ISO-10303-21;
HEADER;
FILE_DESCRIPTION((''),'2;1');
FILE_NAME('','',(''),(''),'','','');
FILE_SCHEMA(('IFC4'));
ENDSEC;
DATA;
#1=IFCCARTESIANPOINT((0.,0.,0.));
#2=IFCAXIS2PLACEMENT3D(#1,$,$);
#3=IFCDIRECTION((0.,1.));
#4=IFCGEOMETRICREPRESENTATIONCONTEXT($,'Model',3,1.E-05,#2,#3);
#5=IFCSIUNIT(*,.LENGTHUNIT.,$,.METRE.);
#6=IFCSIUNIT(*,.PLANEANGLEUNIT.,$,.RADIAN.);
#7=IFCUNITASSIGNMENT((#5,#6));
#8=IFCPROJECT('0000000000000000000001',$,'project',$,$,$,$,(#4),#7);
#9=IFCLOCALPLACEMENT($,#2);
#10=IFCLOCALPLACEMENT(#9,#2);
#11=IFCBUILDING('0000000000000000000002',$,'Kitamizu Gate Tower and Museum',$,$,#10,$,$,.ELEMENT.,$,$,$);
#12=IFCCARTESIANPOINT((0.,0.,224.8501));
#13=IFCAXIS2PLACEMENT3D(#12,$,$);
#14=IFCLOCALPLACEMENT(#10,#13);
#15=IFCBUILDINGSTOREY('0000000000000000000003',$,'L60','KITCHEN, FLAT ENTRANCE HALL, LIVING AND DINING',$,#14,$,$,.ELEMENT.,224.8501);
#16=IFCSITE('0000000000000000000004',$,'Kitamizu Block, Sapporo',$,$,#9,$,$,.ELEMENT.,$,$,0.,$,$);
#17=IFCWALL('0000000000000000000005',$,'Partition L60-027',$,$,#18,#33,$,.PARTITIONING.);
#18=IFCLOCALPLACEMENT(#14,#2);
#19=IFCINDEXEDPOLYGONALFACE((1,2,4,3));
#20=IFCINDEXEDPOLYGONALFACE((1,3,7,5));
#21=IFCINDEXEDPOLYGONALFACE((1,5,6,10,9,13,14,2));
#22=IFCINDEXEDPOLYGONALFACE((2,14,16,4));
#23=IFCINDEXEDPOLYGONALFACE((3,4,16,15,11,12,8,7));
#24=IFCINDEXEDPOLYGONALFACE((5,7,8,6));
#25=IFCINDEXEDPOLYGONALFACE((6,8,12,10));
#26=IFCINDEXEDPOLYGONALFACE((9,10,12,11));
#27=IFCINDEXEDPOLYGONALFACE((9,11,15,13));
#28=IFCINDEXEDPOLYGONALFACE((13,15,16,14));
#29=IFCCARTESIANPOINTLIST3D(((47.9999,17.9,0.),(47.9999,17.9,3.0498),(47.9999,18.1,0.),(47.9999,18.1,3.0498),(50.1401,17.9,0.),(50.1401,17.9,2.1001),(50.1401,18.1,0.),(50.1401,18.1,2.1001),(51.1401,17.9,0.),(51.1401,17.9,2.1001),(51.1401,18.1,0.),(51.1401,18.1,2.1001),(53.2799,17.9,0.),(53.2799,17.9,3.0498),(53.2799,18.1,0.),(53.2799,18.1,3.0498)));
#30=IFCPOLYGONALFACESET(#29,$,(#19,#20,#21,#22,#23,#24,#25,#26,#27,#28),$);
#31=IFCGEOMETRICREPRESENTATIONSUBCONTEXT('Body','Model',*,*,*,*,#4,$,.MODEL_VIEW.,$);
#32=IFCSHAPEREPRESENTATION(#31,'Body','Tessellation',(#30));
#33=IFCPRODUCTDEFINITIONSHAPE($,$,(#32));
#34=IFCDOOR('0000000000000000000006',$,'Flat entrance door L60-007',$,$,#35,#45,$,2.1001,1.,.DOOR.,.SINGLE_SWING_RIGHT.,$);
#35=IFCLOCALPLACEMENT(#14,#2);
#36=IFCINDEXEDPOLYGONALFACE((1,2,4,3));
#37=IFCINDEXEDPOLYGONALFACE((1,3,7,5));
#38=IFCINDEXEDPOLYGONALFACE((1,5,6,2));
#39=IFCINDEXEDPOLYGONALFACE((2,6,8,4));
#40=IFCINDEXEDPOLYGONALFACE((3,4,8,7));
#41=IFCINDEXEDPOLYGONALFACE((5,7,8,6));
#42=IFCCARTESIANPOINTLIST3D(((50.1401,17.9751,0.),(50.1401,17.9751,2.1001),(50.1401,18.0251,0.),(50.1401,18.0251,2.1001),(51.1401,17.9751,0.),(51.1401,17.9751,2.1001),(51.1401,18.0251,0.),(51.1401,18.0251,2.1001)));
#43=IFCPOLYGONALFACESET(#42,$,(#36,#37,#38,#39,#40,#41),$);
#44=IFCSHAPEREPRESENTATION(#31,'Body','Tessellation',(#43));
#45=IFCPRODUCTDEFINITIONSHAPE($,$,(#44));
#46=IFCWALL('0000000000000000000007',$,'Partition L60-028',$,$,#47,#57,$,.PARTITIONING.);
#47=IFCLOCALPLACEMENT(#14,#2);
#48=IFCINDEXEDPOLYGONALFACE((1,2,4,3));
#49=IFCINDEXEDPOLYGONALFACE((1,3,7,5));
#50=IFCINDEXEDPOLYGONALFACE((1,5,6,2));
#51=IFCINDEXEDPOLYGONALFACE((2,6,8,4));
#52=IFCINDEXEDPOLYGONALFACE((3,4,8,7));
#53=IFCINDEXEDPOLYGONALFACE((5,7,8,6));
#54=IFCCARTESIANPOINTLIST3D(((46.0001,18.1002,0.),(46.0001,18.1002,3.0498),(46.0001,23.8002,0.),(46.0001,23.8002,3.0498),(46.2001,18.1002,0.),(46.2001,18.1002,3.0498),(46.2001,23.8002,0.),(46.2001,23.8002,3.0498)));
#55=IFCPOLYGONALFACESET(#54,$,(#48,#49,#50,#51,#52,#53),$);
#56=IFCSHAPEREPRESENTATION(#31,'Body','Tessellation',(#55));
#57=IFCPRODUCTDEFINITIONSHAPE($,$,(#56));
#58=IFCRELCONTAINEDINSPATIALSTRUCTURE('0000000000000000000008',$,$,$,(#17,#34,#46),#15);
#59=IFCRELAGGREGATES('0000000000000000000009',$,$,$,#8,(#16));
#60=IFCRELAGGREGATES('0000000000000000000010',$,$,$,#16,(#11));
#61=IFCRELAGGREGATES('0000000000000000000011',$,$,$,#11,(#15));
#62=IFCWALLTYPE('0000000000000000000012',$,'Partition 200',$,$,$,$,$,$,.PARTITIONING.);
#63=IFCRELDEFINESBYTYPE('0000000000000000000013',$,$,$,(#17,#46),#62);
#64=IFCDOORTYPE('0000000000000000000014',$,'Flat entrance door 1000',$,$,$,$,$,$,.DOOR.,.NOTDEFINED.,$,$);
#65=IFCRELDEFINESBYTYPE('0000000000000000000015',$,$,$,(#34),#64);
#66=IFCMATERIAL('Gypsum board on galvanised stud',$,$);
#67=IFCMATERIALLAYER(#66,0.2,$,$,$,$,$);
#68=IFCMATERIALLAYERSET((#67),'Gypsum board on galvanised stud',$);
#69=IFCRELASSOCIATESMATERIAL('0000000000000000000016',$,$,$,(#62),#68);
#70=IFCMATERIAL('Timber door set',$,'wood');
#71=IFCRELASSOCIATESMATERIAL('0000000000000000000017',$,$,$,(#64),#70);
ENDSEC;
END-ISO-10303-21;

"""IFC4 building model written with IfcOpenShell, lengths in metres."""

from ifc_helpers import new_model, si_unit, direction, frame, frame_2d, origin, place, context, subcontext, project, spatial, rectangle, extrude, material, layer, layer_set, type_object, element, fill, save


model = new_model("IFC4")

# Units and contexts
model_context = context("Model", 3, precision=1e-05, world=origin(), true_north=direction((0.0, 1.0)))
body_context = subcontext(model_context, "Body", "Model", "MODEL_VIEW")
ifc_project = project(units=[si_unit("LENGTHUNIT", "METRE"), si_unit("PLANEANGLEUNIT", "RADIAN")], contexts=[model_context])

# Site, building, storey
site_placement = place(None, origin())
site = spatial("IfcSite", under=ifc_project, at=site_placement, Name="Kitamizu Block, Sapporo", CompositionType="ELEMENT", RefElevation=0.0)
building_placement = place(site_placement, origin())
building = spatial("IfcBuilding", under=site, at=building_placement, Name="Kitamizu Gate Tower and Museum", CompositionType="ELEMENT")
storey_placement = place(building_placement, frame((0.0, 0.0, 224.8501)))
storey = spatial("IfcBuildingStorey", under=building, at=storey_placement, Name="L60", Description="KITCHEN, FLAT ENTRANCE HALL, LIVING AND DINING", CompositionType="ELEMENT", Elevation=224.8501)

# Shared definitions
ifc_material_1 = material(Name="Gypsum board on galvanised stud")
ifc_layer_1 = layer(ifc_material_1, 0.2)
ifc_layer_set_1 = layer_set([ifc_layer_1], Name="Gypsum board on galvanised stud")
wall_type_1 = type_object("IfcWallType", Name="Partition 200", PredefinedType="PARTITIONING", material=ifc_layer_set_1)

# Wall, opening, door
wall_1_placement = place(storey_placement, frame((53.28, 18.0, 0.0), z_axis=(0.0, 0.0, 1.0), x_axis=(-1.0, 0.0, 0.0)))
wall_1 = element("IfcWall", 1, at=wall_1_placement, inside=storey, type_object=wall_type_1, Name="Partition L60-027", PredefinedType="PARTITIONING", context=body_context, shape_type="SweptSolid", body=[
    extrude(rectangle(XDim=5.28, YDim=0.2, at=frame_2d((2.6401, 0.0))), origin(), (0.0, 0.0, 1.0), 3.0498),
])
opening_1_placement = place(wall_1_placement, frame((2.1399, 0.0, 0.0)))
opening_1 = element("IfcOpeningElement", 2, at=opening_1_placement, cuts=wall_1, PredefinedType="OPENING", context=body_context, shape_type="SweptSolid", body=[
    extrude(rectangle(XDim=1.0, YDim=2.1001, at=frame_2d((0.5, 1.05))), frame((0.0, 0.1099, 0.0), z_axis=(0.0, -1.0, 0.0), x_axis=(1.0, 0.0, 0.0)), (0.0, 0.0, 1.0), 0.22),
])
ifc_material_2 = material(Name="Timber door set", Category="wood")
door_type_1 = type_object("IfcDoorType", Name="Flat entrance door 1000", OperationType="NOTDEFINED", PredefinedType="DOOR", material=ifc_material_2)
door_1_placement = place(opening_1_placement, origin())
door_1 = element("IfcDoor", 3, at=door_1_placement, inside=storey, type_object=door_type_1, Name="Flat entrance door L60-007", OperationType="SINGLE_SWING_RIGHT", OverallHeight=2.1001, OverallWidth=1.0, PredefinedType="DOOR", context=body_context, shape_type="SweptSolid", body=[
    extrude(rectangle(XDim=1.0, YDim=2.1001, at=frame_2d((0.5, 1.05))), frame((0.0, 0.0249, 0.0), z_axis=(0.0, -1.0, 0.0), x_axis=(1.0, 0.0, 0.0)), (0.0, 0.0, 1.0), 0.05),
])
fill(opening_1, door_1)

# Wall
wall_2_placement = place(storey_placement, frame((46.1001, 18.1001, 0.0), z_axis=(0.0, 0.0, 1.0), x_axis=(0.0, 1.0, 0.0)))
element("IfcWall", 4, at=wall_2_placement, inside=storey, type_object=wall_type_1, Name="Partition L60-028", PredefinedType="PARTITIONING", context=body_context, shape_type="SweptSolid", body=[
    extrude(rectangle(XDim=5.7, YDim=0.2, at=frame_2d((2.8501, 0.0))), origin(), (0.0, 0.0, 1.0), 3.0498),
])

save(model, "model.ifc")
